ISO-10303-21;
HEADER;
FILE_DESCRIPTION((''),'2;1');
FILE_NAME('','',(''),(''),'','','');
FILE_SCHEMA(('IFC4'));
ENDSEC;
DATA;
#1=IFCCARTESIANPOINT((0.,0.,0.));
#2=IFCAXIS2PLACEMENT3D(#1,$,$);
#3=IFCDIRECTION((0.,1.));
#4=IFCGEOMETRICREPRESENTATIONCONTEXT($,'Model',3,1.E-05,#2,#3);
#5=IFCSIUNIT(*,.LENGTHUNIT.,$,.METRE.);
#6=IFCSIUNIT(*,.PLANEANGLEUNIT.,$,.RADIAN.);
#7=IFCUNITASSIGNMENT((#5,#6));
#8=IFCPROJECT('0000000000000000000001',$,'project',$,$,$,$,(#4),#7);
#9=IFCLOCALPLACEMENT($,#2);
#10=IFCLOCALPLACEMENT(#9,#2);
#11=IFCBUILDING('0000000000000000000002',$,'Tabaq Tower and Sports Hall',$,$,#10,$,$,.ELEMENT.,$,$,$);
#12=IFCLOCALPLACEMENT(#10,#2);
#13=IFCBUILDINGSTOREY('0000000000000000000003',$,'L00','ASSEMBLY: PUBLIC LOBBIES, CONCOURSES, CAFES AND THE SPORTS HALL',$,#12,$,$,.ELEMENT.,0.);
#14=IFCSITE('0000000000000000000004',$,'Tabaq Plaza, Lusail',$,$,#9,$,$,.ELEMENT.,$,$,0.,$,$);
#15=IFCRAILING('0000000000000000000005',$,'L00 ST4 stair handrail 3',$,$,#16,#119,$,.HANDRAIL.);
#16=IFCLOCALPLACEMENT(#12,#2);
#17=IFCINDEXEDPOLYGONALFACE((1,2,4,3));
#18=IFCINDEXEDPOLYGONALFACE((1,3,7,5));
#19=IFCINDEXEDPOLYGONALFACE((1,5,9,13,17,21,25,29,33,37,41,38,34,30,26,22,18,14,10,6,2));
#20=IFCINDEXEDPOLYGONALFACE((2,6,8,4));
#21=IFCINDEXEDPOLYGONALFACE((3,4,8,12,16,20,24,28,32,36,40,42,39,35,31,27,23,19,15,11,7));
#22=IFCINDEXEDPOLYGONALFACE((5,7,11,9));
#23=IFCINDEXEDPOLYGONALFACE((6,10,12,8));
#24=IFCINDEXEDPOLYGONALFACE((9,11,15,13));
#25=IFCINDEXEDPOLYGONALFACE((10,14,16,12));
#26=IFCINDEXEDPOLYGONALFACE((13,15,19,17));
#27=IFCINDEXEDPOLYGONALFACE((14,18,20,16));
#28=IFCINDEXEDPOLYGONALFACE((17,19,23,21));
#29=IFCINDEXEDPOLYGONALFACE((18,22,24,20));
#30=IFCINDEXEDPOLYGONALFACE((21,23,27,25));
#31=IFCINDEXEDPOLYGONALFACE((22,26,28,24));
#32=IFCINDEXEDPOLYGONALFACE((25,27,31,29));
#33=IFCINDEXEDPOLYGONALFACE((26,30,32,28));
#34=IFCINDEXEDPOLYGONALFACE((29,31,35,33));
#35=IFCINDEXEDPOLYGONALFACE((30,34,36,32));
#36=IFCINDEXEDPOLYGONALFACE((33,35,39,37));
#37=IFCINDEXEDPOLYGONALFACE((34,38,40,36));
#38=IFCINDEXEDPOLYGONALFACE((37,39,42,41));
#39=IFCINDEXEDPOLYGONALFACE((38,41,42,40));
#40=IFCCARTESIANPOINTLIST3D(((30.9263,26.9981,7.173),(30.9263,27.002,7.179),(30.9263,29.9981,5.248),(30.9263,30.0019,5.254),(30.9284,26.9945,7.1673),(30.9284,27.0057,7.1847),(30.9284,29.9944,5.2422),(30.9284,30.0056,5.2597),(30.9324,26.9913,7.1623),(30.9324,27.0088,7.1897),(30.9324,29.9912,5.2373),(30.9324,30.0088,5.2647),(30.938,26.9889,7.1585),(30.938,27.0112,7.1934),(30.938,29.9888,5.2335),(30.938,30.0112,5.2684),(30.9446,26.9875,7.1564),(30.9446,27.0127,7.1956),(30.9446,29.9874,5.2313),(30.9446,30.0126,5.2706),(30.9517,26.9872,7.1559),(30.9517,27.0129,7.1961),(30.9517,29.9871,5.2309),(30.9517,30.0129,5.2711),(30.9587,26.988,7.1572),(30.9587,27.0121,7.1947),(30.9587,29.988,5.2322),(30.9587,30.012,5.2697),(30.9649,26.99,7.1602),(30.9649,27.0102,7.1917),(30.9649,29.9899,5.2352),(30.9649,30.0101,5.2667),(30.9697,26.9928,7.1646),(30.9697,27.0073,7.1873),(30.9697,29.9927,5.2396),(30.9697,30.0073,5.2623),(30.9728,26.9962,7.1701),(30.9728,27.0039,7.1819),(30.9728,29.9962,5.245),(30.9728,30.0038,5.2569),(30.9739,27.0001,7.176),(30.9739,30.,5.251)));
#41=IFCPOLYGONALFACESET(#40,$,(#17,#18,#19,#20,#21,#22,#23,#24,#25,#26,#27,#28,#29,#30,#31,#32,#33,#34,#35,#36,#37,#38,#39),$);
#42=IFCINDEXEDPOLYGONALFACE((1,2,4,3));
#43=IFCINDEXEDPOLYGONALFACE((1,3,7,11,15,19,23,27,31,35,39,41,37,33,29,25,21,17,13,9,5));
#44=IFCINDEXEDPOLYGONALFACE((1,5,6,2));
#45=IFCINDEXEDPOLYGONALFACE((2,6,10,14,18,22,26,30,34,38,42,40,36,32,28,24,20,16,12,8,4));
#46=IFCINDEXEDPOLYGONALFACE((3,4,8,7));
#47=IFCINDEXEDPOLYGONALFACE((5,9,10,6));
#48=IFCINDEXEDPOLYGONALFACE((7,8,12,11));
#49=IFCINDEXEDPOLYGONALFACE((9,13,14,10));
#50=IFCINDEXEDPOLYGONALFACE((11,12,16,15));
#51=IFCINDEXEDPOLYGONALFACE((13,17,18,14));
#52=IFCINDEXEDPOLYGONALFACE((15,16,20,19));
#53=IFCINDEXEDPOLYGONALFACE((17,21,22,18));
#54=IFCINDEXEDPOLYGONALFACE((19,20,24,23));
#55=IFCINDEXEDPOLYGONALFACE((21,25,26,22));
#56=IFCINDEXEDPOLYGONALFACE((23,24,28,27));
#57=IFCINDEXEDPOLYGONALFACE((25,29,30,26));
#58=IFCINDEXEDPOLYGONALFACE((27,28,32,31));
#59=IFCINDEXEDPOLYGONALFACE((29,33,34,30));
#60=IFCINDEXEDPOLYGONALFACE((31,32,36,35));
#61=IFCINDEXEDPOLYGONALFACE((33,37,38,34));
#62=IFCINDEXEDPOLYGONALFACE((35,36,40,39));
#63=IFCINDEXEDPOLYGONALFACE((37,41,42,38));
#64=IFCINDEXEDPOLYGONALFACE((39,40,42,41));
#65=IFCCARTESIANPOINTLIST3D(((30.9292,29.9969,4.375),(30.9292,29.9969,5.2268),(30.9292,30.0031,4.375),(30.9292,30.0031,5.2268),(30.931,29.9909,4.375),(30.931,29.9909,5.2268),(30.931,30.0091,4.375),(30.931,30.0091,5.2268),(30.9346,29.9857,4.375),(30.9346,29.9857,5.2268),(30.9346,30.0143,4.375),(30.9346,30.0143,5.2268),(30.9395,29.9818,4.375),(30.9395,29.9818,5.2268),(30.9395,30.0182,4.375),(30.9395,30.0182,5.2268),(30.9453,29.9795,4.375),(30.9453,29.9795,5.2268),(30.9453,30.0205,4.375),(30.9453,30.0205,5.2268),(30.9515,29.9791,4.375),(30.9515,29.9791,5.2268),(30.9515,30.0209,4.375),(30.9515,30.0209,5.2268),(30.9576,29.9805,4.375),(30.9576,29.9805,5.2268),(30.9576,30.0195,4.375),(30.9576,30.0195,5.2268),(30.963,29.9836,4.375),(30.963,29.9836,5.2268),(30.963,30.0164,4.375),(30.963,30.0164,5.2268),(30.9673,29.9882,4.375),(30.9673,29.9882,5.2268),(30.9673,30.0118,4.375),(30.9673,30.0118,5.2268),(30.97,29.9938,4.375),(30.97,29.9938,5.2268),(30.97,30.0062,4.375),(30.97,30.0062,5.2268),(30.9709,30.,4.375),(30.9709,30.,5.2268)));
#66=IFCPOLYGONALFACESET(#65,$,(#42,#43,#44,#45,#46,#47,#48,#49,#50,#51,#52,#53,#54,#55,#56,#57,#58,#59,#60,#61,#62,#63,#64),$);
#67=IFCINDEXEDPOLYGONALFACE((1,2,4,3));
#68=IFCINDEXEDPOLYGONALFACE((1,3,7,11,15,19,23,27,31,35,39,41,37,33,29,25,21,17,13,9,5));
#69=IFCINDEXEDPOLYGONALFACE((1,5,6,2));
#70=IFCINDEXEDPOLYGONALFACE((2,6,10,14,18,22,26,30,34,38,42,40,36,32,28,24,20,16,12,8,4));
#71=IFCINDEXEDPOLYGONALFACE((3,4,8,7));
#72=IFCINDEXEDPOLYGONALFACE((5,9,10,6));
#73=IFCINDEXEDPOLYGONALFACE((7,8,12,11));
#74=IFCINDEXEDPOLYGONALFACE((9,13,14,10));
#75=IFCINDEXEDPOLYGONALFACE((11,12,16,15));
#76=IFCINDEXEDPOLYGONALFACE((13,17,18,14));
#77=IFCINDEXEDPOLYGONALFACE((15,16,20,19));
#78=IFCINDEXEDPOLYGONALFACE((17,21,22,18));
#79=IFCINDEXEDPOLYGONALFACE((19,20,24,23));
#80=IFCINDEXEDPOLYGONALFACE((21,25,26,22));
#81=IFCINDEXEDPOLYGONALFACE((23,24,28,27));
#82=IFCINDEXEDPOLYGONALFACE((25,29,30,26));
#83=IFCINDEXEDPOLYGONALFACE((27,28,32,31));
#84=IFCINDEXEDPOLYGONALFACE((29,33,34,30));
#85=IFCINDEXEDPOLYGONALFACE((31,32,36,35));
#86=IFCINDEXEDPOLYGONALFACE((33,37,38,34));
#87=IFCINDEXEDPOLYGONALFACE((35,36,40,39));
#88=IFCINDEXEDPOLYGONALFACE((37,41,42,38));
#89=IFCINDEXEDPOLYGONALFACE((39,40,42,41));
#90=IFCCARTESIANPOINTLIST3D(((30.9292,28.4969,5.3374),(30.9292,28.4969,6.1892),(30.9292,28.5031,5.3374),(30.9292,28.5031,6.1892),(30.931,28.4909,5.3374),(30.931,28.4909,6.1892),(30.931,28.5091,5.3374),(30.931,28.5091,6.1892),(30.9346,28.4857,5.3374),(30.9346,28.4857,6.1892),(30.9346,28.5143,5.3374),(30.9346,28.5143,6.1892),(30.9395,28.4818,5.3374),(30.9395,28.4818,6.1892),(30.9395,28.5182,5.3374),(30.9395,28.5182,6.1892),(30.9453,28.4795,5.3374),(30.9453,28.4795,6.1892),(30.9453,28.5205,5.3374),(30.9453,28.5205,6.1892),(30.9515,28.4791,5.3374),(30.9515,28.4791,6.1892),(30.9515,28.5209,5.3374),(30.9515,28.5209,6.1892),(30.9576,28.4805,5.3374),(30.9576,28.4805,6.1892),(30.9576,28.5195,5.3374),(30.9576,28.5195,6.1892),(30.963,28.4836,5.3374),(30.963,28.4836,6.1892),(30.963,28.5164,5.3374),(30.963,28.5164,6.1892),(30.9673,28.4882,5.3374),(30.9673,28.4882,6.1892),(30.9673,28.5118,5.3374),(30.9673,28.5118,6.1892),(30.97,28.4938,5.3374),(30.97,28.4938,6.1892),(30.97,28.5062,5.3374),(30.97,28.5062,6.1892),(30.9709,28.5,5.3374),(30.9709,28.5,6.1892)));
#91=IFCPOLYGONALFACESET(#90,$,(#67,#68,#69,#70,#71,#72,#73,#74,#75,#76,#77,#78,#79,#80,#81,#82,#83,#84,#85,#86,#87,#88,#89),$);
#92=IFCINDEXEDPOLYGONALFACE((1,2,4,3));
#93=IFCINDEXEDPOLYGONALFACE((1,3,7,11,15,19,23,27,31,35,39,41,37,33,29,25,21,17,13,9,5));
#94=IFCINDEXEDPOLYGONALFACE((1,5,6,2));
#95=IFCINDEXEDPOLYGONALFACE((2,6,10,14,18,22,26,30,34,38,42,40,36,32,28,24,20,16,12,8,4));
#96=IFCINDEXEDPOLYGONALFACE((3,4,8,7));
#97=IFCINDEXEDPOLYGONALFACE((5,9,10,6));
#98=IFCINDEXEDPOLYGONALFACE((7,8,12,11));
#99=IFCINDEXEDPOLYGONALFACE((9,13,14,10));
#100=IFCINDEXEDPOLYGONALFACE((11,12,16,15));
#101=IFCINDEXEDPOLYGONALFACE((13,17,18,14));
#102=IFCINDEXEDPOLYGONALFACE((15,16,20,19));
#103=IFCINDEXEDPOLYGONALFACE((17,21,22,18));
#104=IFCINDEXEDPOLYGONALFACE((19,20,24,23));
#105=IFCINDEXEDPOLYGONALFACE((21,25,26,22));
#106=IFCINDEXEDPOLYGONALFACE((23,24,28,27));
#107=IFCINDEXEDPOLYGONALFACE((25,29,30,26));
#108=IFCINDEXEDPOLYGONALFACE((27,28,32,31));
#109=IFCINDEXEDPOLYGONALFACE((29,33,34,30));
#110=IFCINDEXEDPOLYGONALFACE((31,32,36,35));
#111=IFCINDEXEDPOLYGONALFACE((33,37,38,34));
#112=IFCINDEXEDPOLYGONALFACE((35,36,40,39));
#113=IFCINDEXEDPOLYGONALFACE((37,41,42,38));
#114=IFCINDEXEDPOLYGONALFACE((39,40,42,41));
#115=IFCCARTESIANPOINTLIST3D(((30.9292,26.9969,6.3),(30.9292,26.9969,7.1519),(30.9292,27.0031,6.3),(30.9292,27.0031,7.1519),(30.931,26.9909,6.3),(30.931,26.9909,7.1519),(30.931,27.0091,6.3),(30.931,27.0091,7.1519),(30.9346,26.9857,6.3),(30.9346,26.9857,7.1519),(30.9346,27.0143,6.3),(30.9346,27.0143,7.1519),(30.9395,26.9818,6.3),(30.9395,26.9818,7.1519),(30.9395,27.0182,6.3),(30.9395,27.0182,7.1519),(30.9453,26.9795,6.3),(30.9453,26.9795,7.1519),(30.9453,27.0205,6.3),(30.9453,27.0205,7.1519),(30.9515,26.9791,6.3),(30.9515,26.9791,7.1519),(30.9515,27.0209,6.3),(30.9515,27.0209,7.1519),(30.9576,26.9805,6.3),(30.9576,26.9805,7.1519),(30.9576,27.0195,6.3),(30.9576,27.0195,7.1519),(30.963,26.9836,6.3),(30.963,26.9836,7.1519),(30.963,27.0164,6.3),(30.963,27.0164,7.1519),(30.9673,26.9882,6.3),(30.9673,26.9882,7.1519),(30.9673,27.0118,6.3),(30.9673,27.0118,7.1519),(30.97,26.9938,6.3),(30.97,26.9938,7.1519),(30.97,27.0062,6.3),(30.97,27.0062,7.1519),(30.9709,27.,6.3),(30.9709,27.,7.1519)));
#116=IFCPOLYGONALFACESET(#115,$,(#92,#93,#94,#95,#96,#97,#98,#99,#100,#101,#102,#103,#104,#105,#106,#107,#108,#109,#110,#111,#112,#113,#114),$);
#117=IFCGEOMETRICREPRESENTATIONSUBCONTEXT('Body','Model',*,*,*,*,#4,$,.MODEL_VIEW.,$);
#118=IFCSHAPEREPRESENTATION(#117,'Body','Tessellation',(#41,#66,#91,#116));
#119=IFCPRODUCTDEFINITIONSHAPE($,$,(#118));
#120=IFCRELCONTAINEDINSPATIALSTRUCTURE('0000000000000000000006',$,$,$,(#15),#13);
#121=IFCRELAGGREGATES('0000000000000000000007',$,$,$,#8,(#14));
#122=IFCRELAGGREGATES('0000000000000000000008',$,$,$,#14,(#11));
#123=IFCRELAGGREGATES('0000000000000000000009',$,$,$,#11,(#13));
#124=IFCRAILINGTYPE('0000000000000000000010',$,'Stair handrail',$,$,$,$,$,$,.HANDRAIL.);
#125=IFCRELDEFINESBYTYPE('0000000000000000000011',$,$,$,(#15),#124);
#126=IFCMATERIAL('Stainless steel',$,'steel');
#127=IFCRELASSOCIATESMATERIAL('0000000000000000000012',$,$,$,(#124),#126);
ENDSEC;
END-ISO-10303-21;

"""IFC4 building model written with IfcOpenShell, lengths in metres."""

from ifc_helpers import new_model, si_unit, direction, frame, origin, origin_2d, place, context, subcontext, project, spatial, circle, extrude, material, type_object, element, save


model = new_model("IFC4")

# Units and contexts
model_context = context("Model", 3, precision=1e-05, world=origin(), true_north=direction((0.0, 1.0)))
body_context = subcontext(model_context, "Body", "Model", "MODEL_VIEW")
ifc_project = project(units=[si_unit("LENGTHUNIT", "METRE"), si_unit("PLANEANGLEUNIT", "RADIAN")], contexts=[model_context])

# Site, building, storey
site_placement = place(None, origin())
site = spatial("IfcSite", under=ifc_project, at=site_placement, Name="Tabaq Plaza, Lusail", CompositionType="ELEMENT", RefElevation=0.0)
building_placement = place(site_placement, origin())
building = spatial("IfcBuilding", under=site, at=building_placement, Name="Tabaq Tower and Sports Hall", CompositionType="ELEMENT")
storey_placement = place(building_placement, origin())
storey = spatial("IfcBuildingStorey", under=building, at=storey_placement, Name="L00", Description="ASSEMBLY: PUBLIC LOBBIES, CONCOURSES, CAFES AND THE SPORTS HALL", CompositionType="ELEMENT", Elevation=0.0)

# Railing
ifc_material_1 = material(Name="Stainless steel", Category="steel")
railing_type_1 = type_object("IfcRailingType", Name="Stair handrail", PredefinedType="HANDRAIL", material=ifc_material_1)
railing_1_placement = place(storey_placement, frame((30.95, 30.0, 4.375)))
element("IfcRailing", 1, at=railing_1_placement, inside=storey, type_object=railing_type_1, Name="L00 ST4 stair handrail 3", PredefinedType="HANDRAIL", context=body_context, shape_type="SweptSolid", body=[
    extrude(circle(Radius=0.0239, at=origin_2d()), frame((0.0, 0.0, 0.876), z_axis=(0.0, -0.841628, 0.540058), x_axis=(1.0, 0.0, 0.0)), (0.0, 0.0, 1.0), 3.5645),
    extrude(circle(Radius=0.021, at=origin_2d()), origin(), (0.0, 0.0, 1.0), 0.8518),
    extrude(circle(Radius=0.021, at=origin_2d()), frame((0.0, -1.5, 0.9624)), (0.0, 0.0, 1.0), 0.8518),
    extrude(circle(Radius=0.021, at=origin_2d()), frame((0.0, -3.0, 1.925)), (0.0, 0.0, 1.0), 0.8518),
])

save(model, "model.ifc")
